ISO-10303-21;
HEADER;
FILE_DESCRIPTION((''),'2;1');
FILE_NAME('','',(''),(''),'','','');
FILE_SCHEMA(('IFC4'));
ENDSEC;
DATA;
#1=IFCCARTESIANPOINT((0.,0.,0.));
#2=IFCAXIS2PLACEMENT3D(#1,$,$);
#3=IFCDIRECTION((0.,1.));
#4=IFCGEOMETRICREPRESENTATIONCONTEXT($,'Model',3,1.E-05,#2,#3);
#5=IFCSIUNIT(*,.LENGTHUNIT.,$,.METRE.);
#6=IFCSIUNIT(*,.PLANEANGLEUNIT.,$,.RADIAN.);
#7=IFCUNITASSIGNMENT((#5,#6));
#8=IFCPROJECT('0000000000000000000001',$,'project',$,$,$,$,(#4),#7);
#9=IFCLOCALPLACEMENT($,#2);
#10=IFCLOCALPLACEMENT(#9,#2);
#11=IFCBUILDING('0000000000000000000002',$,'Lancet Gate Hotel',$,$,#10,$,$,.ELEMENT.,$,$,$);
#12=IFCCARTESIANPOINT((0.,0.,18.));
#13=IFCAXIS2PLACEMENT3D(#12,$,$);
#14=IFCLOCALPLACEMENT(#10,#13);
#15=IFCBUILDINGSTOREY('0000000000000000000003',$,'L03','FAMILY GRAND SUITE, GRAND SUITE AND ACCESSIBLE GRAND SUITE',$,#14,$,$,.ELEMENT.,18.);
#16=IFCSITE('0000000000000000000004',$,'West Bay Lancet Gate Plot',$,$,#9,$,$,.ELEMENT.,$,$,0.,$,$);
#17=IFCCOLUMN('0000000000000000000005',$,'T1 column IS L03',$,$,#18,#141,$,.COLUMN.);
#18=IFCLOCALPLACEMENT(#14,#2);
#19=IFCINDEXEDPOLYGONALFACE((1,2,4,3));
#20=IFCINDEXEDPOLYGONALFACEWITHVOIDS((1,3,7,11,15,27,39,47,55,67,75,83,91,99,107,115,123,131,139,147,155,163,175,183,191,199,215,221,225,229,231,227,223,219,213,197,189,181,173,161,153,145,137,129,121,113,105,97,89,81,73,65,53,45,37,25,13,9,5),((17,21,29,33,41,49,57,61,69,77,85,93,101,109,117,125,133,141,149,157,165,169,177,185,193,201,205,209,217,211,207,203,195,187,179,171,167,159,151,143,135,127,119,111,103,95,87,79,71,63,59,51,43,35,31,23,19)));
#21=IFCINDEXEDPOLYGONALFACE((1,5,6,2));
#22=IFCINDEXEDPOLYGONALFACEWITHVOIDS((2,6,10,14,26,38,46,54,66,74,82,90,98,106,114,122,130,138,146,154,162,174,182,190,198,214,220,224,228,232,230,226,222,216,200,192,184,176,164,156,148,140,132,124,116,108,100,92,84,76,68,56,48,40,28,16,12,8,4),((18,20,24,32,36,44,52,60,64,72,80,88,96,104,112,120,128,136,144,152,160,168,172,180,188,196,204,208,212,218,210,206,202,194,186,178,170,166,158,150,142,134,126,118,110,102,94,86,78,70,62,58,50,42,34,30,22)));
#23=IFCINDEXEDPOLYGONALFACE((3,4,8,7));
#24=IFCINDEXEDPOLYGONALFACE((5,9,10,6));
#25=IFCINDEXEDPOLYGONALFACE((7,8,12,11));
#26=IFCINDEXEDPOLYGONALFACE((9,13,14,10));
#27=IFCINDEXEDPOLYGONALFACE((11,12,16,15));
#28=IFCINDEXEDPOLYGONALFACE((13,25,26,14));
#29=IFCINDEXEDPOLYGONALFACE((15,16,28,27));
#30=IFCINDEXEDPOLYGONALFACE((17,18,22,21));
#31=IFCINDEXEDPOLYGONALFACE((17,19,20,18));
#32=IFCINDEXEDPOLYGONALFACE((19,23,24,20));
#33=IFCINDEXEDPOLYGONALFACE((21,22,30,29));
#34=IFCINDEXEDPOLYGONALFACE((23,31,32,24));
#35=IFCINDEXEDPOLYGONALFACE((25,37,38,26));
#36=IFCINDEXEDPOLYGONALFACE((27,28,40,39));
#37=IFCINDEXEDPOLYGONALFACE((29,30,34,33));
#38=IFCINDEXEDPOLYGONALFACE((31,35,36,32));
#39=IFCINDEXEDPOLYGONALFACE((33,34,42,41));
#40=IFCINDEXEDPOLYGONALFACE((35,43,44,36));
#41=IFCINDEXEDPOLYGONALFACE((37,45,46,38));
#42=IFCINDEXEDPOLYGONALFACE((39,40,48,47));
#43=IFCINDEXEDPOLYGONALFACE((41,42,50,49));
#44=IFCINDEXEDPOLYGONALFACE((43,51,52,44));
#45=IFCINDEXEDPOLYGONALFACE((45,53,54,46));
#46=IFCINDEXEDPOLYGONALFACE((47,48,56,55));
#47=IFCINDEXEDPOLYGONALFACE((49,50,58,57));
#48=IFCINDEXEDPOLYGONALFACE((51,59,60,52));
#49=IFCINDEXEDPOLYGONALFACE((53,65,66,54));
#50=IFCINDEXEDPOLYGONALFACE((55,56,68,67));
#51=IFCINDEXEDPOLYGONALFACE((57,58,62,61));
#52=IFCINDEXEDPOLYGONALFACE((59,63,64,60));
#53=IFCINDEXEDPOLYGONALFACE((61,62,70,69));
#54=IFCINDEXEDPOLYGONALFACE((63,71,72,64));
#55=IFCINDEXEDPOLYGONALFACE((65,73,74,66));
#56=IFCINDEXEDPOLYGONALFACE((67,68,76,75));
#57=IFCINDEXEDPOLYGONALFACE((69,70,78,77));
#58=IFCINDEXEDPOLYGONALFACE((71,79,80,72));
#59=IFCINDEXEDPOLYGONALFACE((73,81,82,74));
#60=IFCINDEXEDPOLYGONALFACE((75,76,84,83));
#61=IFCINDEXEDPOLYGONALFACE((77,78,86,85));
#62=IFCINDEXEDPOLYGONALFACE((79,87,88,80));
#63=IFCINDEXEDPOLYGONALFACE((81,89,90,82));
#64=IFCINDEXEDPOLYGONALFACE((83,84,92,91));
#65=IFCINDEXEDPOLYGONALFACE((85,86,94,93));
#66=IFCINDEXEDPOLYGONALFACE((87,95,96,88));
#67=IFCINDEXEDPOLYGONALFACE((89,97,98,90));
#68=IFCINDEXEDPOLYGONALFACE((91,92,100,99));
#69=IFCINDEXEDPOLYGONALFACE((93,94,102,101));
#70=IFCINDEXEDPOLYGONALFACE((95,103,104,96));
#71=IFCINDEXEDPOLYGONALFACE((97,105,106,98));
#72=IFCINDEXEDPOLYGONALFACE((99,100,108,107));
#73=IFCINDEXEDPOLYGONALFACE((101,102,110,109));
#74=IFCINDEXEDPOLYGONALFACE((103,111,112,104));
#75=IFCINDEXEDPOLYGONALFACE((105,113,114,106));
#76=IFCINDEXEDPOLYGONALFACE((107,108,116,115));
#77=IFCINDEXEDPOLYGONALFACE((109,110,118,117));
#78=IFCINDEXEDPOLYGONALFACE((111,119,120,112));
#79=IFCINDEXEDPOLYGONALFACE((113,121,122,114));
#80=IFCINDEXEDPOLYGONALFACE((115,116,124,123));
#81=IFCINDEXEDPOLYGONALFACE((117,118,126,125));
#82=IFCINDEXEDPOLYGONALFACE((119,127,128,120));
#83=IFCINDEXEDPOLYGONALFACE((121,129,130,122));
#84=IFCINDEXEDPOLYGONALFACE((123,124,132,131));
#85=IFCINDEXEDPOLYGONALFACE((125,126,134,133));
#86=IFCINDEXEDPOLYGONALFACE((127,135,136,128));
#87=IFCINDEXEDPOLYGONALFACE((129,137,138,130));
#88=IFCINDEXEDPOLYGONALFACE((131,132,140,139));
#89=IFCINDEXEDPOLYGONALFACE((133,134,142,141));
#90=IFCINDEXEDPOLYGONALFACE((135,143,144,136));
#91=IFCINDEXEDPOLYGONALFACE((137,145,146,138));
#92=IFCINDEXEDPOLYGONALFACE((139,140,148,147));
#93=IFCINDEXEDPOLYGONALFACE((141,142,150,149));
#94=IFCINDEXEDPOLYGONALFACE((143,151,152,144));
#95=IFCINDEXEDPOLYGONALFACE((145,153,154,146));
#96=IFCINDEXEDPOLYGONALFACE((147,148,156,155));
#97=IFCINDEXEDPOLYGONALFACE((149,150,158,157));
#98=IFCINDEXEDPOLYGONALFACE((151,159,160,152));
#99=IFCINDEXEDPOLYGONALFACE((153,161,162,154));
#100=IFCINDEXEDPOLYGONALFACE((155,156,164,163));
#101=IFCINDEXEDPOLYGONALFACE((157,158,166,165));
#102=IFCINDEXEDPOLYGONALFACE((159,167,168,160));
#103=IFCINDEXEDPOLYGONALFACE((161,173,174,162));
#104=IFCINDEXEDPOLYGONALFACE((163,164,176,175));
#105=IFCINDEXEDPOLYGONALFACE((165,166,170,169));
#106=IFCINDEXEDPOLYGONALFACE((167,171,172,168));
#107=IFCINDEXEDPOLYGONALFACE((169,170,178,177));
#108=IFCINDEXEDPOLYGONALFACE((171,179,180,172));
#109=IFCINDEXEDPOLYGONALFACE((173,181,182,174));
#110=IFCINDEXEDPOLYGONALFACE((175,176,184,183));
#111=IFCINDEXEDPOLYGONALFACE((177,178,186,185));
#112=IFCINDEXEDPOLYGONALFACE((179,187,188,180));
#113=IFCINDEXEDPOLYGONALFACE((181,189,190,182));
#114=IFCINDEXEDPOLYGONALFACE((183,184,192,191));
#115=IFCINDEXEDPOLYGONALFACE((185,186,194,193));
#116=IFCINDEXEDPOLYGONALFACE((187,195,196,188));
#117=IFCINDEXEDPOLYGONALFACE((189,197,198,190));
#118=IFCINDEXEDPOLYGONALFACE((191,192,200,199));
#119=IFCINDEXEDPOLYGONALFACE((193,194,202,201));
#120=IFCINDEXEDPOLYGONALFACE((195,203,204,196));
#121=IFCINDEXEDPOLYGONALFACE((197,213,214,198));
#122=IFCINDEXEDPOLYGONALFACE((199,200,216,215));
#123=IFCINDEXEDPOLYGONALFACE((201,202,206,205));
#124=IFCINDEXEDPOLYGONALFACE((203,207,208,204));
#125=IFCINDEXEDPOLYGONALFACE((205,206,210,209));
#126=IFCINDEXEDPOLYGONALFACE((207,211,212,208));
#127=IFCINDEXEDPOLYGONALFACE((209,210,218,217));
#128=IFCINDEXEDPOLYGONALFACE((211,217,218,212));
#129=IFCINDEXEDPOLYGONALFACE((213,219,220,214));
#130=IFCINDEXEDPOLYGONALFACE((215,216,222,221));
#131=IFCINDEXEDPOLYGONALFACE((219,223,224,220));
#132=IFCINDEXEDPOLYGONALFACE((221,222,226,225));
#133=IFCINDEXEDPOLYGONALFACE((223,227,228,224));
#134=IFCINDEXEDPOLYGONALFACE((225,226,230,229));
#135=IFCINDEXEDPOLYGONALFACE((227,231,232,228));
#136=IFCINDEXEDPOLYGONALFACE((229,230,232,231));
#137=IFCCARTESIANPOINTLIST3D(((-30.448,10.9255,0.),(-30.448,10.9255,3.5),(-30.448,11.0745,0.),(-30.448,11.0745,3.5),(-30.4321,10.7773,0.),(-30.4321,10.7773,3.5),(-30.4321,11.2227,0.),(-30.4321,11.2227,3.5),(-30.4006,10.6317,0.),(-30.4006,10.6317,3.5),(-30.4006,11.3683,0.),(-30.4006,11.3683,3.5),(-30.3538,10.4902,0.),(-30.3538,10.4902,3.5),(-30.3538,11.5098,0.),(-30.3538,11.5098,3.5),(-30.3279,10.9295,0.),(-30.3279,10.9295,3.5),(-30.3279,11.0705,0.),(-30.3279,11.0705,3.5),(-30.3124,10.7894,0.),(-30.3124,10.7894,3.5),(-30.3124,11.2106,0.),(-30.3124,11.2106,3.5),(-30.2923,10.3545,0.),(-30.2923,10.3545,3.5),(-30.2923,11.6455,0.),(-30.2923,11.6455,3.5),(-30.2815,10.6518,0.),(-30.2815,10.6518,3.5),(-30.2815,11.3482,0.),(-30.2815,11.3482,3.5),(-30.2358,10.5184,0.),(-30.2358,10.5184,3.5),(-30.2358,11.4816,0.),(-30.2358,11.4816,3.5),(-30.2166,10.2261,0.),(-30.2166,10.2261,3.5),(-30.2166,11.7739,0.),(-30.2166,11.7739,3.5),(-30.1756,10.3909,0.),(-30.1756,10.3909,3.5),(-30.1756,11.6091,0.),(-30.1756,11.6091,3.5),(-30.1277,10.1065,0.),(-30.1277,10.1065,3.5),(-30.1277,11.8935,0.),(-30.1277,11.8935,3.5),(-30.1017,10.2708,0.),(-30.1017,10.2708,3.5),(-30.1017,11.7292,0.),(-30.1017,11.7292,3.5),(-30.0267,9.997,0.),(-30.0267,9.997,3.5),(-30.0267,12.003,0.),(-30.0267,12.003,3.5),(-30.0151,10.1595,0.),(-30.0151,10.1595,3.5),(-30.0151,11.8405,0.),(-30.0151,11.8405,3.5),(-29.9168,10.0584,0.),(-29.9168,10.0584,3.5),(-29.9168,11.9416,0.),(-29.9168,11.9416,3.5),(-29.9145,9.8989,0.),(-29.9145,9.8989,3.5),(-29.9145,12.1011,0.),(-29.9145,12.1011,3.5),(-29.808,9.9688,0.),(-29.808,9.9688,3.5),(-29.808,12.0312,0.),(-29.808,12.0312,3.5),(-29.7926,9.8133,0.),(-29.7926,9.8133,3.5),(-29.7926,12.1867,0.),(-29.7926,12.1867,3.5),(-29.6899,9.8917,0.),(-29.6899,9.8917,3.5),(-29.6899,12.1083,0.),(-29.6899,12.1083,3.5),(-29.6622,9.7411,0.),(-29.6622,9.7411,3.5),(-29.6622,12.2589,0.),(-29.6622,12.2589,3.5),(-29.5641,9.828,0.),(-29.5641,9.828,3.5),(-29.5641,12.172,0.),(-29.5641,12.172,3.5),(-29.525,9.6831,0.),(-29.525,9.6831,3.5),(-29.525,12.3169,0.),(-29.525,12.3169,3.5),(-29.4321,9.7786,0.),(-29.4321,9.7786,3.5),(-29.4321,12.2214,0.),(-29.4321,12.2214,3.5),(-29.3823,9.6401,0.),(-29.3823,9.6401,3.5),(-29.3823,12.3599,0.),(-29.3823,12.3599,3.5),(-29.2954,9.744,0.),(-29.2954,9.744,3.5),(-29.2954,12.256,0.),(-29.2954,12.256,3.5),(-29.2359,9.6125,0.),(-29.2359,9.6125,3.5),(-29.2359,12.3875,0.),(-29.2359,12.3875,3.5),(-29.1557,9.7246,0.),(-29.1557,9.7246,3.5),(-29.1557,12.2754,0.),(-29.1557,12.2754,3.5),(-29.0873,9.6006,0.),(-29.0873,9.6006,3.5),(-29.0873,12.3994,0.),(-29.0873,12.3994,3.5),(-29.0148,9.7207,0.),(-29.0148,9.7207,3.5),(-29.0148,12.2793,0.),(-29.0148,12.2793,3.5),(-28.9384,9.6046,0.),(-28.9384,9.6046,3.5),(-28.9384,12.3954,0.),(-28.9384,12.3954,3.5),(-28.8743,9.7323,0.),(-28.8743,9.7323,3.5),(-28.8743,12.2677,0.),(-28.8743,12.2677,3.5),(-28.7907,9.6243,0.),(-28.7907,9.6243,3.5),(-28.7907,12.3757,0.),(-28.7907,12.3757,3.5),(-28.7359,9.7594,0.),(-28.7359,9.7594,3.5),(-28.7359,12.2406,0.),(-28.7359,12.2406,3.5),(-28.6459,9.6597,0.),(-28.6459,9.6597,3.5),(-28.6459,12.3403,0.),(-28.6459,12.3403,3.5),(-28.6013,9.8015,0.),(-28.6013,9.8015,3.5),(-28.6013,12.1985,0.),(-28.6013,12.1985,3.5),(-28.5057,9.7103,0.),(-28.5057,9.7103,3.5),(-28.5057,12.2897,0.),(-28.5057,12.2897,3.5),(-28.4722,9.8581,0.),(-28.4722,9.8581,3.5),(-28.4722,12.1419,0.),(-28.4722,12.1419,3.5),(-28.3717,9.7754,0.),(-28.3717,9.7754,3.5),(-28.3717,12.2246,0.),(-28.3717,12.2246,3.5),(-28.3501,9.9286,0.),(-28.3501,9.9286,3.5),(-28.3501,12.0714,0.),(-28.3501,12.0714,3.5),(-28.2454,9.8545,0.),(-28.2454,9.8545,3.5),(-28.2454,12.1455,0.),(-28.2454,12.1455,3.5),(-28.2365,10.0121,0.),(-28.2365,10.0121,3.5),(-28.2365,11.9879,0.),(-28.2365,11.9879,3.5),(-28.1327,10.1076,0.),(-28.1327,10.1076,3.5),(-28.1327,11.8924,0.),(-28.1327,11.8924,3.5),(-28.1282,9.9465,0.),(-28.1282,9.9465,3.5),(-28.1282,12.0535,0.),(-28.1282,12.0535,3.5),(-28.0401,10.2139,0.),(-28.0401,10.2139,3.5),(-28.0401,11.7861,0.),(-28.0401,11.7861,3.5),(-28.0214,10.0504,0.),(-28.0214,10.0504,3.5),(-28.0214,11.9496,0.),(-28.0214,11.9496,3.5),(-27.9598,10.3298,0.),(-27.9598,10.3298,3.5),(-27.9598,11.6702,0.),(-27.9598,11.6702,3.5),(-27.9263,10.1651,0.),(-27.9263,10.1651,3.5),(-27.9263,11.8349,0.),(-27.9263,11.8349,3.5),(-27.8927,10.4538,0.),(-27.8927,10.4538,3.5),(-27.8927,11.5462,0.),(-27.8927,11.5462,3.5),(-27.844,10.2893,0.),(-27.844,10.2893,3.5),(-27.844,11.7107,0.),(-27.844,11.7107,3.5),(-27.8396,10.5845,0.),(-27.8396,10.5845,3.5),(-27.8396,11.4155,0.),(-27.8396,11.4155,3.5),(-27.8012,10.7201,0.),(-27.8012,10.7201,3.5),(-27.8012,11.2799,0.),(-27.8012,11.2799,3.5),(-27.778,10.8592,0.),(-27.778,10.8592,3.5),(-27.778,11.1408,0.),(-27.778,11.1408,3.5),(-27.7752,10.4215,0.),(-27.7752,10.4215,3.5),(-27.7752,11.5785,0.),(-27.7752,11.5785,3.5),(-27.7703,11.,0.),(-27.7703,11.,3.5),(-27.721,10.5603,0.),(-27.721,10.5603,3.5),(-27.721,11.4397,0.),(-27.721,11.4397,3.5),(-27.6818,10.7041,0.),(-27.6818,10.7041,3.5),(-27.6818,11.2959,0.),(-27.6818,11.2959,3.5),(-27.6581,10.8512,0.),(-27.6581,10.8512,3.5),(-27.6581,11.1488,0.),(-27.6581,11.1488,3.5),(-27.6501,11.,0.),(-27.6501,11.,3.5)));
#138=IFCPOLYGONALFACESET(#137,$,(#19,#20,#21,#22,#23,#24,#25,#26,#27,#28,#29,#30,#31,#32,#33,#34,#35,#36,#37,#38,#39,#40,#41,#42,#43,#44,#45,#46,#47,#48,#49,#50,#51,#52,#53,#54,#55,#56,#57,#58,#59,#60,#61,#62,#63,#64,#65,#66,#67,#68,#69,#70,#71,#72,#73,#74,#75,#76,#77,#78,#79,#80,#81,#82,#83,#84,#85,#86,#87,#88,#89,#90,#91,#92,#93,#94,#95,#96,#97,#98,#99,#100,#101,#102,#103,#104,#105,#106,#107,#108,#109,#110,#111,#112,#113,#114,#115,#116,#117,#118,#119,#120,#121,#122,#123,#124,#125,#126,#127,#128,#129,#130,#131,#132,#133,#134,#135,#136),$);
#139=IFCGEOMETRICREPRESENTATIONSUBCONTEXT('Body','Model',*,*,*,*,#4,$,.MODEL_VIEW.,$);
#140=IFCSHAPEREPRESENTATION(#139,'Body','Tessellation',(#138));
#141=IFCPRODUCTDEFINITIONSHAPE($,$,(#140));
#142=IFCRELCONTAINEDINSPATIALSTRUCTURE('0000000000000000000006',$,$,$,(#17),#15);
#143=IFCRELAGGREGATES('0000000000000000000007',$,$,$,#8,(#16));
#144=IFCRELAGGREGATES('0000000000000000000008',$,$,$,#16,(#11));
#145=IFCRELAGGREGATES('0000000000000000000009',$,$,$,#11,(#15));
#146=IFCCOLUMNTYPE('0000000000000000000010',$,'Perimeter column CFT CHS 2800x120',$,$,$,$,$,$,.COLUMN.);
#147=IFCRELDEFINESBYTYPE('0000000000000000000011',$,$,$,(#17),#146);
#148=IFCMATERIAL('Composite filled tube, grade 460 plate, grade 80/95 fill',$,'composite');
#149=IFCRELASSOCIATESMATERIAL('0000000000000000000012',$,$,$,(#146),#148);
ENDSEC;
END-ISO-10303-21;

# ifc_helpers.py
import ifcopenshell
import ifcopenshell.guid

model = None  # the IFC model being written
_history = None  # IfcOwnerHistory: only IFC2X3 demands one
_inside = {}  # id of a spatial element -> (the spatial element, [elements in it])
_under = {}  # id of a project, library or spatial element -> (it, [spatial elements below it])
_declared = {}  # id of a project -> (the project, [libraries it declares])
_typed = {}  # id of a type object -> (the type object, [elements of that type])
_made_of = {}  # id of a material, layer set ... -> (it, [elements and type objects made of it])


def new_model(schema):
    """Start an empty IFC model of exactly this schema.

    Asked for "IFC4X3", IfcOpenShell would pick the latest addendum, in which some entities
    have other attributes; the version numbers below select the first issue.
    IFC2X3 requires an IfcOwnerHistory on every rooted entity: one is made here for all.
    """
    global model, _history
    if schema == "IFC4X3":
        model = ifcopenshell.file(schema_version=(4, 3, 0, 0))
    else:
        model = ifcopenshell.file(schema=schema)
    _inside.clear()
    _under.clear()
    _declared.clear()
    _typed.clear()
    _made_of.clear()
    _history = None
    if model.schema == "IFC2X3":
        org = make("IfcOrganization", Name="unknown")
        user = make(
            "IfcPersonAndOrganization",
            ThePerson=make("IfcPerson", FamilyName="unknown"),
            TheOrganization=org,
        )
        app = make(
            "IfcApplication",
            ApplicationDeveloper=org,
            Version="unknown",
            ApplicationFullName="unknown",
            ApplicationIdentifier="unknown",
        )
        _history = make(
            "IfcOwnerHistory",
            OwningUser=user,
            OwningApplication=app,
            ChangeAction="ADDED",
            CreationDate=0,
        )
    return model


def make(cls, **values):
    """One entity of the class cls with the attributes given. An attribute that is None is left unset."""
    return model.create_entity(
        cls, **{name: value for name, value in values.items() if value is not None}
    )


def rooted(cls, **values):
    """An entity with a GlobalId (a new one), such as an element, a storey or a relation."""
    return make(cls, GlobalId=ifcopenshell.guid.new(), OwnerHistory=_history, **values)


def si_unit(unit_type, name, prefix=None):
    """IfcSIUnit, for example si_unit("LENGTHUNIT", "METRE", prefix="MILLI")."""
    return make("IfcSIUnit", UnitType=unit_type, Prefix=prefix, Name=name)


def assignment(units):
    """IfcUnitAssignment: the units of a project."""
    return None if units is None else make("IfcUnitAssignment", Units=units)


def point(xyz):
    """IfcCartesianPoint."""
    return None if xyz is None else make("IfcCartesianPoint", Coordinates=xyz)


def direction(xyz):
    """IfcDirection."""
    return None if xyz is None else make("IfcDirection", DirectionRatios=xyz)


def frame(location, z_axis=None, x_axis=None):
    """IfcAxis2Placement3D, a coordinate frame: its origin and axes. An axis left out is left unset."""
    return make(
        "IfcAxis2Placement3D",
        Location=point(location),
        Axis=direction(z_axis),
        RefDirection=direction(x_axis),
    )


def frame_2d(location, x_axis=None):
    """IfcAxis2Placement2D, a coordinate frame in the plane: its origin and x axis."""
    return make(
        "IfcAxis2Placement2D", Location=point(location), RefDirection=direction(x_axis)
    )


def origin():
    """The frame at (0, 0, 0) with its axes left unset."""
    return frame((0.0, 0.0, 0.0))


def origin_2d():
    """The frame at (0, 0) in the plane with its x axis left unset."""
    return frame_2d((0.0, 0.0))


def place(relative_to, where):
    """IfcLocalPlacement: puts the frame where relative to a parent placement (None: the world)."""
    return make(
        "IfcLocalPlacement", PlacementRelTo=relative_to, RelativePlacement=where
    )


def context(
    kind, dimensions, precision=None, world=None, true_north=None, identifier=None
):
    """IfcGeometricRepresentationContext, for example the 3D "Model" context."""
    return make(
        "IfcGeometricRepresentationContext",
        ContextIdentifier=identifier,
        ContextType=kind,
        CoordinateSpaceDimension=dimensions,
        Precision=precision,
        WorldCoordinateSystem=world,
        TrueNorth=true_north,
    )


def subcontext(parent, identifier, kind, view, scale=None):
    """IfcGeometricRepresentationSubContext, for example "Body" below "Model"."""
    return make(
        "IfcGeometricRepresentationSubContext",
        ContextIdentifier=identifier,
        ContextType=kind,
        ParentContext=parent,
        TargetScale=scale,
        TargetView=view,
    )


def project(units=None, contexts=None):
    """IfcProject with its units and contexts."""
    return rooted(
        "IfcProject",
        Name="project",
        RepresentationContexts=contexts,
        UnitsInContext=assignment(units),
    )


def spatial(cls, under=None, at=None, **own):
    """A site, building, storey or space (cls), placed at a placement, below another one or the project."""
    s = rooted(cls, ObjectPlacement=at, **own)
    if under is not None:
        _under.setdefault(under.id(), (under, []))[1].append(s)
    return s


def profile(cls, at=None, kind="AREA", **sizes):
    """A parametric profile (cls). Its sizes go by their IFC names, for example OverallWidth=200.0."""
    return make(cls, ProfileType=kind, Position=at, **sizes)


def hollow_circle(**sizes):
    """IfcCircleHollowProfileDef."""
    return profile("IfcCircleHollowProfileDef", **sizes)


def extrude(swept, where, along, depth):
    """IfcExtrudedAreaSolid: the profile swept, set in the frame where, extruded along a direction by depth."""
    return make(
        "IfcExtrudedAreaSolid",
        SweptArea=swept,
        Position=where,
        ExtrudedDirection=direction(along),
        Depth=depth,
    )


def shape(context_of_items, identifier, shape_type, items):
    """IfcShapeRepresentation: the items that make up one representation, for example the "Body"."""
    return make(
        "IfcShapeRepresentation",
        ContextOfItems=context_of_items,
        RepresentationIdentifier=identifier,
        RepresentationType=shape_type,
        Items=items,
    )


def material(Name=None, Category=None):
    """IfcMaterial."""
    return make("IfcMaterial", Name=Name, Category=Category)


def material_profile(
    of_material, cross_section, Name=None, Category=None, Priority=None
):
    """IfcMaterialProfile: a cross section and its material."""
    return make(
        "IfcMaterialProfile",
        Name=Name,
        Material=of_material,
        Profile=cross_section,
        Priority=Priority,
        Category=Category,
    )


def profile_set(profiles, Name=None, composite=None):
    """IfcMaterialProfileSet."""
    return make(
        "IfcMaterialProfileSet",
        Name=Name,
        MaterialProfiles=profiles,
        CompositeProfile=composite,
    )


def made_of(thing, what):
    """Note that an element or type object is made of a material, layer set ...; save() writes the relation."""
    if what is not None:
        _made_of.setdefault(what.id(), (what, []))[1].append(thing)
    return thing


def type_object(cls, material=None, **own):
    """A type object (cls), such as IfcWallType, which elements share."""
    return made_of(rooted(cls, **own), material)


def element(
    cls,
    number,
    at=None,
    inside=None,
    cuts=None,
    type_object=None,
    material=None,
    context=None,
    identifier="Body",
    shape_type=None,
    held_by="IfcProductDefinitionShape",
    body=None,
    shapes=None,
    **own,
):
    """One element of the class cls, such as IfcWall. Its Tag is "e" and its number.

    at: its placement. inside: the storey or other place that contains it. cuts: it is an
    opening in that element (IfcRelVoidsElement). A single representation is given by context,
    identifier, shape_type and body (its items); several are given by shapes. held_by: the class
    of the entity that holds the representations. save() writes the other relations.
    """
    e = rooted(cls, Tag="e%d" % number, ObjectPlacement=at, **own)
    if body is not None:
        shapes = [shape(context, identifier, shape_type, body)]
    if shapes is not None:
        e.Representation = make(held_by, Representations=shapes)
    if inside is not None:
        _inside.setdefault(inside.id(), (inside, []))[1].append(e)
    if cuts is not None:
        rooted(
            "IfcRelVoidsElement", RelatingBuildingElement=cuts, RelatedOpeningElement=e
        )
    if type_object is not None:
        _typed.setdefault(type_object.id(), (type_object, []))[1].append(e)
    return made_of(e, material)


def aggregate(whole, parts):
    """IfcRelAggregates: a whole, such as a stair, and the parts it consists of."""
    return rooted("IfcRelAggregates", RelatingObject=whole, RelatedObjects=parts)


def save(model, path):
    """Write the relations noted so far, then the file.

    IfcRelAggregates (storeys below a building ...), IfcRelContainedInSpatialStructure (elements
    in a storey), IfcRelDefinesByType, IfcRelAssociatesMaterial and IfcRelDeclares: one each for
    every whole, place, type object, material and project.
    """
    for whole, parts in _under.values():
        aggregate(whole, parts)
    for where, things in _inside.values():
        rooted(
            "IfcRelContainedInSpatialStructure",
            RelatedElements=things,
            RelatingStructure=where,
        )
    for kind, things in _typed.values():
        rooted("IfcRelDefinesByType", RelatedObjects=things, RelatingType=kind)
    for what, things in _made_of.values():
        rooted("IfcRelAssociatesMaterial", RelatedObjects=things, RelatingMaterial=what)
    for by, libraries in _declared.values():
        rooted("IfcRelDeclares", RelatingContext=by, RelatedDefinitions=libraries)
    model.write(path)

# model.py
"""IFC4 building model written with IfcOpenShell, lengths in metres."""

from ifc_helpers import new_model, si_unit, direction, frame, origin, origin_2d, place, context, subcontext, project, spatial, hollow_circle, extrude, material, material_profile, profile_set, type_object, element, save


model = new_model("IFC4")

# Units and contexts
model_context = context("Model", 3, precision=1e-05, world=origin(), true_north=direction((0.0, 1.0)))
body_context = subcontext(model_context, "Body", "Model", "MODEL_VIEW")
ifc_project = project(units=[si_unit("LENGTHUNIT", "METRE"), si_unit("PLANEANGLEUNIT", "RADIAN")], contexts=[model_context])

# Site, building, storey
site_placement = place(None, origin())
site = spatial("IfcSite", under=ifc_project, at=site_placement, Name="West Bay Lancet Gate Plot", CompositionType="ELEMENT", RefElevation=0.0)
building_placement = place(site_placement, origin())
building = spatial("IfcBuilding", under=site, at=building_placement, Name="Lancet Gate Hotel", CompositionType="ELEMENT")
storey_placement = place(building_placement, frame((0.0, 0.0, 18.0)))
storey = spatial("IfcBuildingStorey", under=building, at=storey_placement, Name="L03", Description="FAMILY GRAND SUITE, GRAND SUITE AND ACCESSIBLE GRAND SUITE", CompositionType="ELEMENT", Elevation=18.0)

# Column
ifc_material_1 = material(Name="Composite filled tube, grade 460 plate, grade 80/95 fill", Category="composite")
ifc_material_profile_1 = material_profile(ifc_material_1, hollow_circle(Radius=1.3999, WallThickness=0.1201, at=origin_2d()), Name="CHS 2800x120")
ifc_profile_set_1 = profile_set([ifc_material_profile_1], Name="Composite filled tube, grade 460 plate, grade 80/95 fill")
column_type = type_object("IfcColumnType", Name="Perimeter column CFT CHS 2800x120", PredefinedType="COLUMN", material=ifc_profile_set_1)
for number, where, z_axis, x_axis, name in (
    (1, (-29.05, 11.0, 0.0), (0.0, 0.0, 1.0), (1.0, 0.0, 0.0), "T1 column IS L03"),
):
    element("IfcColumn", number, at=place(storey_placement, frame(where, z_axis=z_axis, x_axis=x_axis)), inside=storey, type_object=column_type, Name=name, PredefinedType="COLUMN", context=body_context, shape_type="SweptSolid", body=[
        extrude(hollow_circle(Radius=1.3999, WallThickness=0.1201, at=origin_2d()), origin(), (0.0, 0.0, 1.0), 3.5),
    ])

save(model, "model.ifc")
